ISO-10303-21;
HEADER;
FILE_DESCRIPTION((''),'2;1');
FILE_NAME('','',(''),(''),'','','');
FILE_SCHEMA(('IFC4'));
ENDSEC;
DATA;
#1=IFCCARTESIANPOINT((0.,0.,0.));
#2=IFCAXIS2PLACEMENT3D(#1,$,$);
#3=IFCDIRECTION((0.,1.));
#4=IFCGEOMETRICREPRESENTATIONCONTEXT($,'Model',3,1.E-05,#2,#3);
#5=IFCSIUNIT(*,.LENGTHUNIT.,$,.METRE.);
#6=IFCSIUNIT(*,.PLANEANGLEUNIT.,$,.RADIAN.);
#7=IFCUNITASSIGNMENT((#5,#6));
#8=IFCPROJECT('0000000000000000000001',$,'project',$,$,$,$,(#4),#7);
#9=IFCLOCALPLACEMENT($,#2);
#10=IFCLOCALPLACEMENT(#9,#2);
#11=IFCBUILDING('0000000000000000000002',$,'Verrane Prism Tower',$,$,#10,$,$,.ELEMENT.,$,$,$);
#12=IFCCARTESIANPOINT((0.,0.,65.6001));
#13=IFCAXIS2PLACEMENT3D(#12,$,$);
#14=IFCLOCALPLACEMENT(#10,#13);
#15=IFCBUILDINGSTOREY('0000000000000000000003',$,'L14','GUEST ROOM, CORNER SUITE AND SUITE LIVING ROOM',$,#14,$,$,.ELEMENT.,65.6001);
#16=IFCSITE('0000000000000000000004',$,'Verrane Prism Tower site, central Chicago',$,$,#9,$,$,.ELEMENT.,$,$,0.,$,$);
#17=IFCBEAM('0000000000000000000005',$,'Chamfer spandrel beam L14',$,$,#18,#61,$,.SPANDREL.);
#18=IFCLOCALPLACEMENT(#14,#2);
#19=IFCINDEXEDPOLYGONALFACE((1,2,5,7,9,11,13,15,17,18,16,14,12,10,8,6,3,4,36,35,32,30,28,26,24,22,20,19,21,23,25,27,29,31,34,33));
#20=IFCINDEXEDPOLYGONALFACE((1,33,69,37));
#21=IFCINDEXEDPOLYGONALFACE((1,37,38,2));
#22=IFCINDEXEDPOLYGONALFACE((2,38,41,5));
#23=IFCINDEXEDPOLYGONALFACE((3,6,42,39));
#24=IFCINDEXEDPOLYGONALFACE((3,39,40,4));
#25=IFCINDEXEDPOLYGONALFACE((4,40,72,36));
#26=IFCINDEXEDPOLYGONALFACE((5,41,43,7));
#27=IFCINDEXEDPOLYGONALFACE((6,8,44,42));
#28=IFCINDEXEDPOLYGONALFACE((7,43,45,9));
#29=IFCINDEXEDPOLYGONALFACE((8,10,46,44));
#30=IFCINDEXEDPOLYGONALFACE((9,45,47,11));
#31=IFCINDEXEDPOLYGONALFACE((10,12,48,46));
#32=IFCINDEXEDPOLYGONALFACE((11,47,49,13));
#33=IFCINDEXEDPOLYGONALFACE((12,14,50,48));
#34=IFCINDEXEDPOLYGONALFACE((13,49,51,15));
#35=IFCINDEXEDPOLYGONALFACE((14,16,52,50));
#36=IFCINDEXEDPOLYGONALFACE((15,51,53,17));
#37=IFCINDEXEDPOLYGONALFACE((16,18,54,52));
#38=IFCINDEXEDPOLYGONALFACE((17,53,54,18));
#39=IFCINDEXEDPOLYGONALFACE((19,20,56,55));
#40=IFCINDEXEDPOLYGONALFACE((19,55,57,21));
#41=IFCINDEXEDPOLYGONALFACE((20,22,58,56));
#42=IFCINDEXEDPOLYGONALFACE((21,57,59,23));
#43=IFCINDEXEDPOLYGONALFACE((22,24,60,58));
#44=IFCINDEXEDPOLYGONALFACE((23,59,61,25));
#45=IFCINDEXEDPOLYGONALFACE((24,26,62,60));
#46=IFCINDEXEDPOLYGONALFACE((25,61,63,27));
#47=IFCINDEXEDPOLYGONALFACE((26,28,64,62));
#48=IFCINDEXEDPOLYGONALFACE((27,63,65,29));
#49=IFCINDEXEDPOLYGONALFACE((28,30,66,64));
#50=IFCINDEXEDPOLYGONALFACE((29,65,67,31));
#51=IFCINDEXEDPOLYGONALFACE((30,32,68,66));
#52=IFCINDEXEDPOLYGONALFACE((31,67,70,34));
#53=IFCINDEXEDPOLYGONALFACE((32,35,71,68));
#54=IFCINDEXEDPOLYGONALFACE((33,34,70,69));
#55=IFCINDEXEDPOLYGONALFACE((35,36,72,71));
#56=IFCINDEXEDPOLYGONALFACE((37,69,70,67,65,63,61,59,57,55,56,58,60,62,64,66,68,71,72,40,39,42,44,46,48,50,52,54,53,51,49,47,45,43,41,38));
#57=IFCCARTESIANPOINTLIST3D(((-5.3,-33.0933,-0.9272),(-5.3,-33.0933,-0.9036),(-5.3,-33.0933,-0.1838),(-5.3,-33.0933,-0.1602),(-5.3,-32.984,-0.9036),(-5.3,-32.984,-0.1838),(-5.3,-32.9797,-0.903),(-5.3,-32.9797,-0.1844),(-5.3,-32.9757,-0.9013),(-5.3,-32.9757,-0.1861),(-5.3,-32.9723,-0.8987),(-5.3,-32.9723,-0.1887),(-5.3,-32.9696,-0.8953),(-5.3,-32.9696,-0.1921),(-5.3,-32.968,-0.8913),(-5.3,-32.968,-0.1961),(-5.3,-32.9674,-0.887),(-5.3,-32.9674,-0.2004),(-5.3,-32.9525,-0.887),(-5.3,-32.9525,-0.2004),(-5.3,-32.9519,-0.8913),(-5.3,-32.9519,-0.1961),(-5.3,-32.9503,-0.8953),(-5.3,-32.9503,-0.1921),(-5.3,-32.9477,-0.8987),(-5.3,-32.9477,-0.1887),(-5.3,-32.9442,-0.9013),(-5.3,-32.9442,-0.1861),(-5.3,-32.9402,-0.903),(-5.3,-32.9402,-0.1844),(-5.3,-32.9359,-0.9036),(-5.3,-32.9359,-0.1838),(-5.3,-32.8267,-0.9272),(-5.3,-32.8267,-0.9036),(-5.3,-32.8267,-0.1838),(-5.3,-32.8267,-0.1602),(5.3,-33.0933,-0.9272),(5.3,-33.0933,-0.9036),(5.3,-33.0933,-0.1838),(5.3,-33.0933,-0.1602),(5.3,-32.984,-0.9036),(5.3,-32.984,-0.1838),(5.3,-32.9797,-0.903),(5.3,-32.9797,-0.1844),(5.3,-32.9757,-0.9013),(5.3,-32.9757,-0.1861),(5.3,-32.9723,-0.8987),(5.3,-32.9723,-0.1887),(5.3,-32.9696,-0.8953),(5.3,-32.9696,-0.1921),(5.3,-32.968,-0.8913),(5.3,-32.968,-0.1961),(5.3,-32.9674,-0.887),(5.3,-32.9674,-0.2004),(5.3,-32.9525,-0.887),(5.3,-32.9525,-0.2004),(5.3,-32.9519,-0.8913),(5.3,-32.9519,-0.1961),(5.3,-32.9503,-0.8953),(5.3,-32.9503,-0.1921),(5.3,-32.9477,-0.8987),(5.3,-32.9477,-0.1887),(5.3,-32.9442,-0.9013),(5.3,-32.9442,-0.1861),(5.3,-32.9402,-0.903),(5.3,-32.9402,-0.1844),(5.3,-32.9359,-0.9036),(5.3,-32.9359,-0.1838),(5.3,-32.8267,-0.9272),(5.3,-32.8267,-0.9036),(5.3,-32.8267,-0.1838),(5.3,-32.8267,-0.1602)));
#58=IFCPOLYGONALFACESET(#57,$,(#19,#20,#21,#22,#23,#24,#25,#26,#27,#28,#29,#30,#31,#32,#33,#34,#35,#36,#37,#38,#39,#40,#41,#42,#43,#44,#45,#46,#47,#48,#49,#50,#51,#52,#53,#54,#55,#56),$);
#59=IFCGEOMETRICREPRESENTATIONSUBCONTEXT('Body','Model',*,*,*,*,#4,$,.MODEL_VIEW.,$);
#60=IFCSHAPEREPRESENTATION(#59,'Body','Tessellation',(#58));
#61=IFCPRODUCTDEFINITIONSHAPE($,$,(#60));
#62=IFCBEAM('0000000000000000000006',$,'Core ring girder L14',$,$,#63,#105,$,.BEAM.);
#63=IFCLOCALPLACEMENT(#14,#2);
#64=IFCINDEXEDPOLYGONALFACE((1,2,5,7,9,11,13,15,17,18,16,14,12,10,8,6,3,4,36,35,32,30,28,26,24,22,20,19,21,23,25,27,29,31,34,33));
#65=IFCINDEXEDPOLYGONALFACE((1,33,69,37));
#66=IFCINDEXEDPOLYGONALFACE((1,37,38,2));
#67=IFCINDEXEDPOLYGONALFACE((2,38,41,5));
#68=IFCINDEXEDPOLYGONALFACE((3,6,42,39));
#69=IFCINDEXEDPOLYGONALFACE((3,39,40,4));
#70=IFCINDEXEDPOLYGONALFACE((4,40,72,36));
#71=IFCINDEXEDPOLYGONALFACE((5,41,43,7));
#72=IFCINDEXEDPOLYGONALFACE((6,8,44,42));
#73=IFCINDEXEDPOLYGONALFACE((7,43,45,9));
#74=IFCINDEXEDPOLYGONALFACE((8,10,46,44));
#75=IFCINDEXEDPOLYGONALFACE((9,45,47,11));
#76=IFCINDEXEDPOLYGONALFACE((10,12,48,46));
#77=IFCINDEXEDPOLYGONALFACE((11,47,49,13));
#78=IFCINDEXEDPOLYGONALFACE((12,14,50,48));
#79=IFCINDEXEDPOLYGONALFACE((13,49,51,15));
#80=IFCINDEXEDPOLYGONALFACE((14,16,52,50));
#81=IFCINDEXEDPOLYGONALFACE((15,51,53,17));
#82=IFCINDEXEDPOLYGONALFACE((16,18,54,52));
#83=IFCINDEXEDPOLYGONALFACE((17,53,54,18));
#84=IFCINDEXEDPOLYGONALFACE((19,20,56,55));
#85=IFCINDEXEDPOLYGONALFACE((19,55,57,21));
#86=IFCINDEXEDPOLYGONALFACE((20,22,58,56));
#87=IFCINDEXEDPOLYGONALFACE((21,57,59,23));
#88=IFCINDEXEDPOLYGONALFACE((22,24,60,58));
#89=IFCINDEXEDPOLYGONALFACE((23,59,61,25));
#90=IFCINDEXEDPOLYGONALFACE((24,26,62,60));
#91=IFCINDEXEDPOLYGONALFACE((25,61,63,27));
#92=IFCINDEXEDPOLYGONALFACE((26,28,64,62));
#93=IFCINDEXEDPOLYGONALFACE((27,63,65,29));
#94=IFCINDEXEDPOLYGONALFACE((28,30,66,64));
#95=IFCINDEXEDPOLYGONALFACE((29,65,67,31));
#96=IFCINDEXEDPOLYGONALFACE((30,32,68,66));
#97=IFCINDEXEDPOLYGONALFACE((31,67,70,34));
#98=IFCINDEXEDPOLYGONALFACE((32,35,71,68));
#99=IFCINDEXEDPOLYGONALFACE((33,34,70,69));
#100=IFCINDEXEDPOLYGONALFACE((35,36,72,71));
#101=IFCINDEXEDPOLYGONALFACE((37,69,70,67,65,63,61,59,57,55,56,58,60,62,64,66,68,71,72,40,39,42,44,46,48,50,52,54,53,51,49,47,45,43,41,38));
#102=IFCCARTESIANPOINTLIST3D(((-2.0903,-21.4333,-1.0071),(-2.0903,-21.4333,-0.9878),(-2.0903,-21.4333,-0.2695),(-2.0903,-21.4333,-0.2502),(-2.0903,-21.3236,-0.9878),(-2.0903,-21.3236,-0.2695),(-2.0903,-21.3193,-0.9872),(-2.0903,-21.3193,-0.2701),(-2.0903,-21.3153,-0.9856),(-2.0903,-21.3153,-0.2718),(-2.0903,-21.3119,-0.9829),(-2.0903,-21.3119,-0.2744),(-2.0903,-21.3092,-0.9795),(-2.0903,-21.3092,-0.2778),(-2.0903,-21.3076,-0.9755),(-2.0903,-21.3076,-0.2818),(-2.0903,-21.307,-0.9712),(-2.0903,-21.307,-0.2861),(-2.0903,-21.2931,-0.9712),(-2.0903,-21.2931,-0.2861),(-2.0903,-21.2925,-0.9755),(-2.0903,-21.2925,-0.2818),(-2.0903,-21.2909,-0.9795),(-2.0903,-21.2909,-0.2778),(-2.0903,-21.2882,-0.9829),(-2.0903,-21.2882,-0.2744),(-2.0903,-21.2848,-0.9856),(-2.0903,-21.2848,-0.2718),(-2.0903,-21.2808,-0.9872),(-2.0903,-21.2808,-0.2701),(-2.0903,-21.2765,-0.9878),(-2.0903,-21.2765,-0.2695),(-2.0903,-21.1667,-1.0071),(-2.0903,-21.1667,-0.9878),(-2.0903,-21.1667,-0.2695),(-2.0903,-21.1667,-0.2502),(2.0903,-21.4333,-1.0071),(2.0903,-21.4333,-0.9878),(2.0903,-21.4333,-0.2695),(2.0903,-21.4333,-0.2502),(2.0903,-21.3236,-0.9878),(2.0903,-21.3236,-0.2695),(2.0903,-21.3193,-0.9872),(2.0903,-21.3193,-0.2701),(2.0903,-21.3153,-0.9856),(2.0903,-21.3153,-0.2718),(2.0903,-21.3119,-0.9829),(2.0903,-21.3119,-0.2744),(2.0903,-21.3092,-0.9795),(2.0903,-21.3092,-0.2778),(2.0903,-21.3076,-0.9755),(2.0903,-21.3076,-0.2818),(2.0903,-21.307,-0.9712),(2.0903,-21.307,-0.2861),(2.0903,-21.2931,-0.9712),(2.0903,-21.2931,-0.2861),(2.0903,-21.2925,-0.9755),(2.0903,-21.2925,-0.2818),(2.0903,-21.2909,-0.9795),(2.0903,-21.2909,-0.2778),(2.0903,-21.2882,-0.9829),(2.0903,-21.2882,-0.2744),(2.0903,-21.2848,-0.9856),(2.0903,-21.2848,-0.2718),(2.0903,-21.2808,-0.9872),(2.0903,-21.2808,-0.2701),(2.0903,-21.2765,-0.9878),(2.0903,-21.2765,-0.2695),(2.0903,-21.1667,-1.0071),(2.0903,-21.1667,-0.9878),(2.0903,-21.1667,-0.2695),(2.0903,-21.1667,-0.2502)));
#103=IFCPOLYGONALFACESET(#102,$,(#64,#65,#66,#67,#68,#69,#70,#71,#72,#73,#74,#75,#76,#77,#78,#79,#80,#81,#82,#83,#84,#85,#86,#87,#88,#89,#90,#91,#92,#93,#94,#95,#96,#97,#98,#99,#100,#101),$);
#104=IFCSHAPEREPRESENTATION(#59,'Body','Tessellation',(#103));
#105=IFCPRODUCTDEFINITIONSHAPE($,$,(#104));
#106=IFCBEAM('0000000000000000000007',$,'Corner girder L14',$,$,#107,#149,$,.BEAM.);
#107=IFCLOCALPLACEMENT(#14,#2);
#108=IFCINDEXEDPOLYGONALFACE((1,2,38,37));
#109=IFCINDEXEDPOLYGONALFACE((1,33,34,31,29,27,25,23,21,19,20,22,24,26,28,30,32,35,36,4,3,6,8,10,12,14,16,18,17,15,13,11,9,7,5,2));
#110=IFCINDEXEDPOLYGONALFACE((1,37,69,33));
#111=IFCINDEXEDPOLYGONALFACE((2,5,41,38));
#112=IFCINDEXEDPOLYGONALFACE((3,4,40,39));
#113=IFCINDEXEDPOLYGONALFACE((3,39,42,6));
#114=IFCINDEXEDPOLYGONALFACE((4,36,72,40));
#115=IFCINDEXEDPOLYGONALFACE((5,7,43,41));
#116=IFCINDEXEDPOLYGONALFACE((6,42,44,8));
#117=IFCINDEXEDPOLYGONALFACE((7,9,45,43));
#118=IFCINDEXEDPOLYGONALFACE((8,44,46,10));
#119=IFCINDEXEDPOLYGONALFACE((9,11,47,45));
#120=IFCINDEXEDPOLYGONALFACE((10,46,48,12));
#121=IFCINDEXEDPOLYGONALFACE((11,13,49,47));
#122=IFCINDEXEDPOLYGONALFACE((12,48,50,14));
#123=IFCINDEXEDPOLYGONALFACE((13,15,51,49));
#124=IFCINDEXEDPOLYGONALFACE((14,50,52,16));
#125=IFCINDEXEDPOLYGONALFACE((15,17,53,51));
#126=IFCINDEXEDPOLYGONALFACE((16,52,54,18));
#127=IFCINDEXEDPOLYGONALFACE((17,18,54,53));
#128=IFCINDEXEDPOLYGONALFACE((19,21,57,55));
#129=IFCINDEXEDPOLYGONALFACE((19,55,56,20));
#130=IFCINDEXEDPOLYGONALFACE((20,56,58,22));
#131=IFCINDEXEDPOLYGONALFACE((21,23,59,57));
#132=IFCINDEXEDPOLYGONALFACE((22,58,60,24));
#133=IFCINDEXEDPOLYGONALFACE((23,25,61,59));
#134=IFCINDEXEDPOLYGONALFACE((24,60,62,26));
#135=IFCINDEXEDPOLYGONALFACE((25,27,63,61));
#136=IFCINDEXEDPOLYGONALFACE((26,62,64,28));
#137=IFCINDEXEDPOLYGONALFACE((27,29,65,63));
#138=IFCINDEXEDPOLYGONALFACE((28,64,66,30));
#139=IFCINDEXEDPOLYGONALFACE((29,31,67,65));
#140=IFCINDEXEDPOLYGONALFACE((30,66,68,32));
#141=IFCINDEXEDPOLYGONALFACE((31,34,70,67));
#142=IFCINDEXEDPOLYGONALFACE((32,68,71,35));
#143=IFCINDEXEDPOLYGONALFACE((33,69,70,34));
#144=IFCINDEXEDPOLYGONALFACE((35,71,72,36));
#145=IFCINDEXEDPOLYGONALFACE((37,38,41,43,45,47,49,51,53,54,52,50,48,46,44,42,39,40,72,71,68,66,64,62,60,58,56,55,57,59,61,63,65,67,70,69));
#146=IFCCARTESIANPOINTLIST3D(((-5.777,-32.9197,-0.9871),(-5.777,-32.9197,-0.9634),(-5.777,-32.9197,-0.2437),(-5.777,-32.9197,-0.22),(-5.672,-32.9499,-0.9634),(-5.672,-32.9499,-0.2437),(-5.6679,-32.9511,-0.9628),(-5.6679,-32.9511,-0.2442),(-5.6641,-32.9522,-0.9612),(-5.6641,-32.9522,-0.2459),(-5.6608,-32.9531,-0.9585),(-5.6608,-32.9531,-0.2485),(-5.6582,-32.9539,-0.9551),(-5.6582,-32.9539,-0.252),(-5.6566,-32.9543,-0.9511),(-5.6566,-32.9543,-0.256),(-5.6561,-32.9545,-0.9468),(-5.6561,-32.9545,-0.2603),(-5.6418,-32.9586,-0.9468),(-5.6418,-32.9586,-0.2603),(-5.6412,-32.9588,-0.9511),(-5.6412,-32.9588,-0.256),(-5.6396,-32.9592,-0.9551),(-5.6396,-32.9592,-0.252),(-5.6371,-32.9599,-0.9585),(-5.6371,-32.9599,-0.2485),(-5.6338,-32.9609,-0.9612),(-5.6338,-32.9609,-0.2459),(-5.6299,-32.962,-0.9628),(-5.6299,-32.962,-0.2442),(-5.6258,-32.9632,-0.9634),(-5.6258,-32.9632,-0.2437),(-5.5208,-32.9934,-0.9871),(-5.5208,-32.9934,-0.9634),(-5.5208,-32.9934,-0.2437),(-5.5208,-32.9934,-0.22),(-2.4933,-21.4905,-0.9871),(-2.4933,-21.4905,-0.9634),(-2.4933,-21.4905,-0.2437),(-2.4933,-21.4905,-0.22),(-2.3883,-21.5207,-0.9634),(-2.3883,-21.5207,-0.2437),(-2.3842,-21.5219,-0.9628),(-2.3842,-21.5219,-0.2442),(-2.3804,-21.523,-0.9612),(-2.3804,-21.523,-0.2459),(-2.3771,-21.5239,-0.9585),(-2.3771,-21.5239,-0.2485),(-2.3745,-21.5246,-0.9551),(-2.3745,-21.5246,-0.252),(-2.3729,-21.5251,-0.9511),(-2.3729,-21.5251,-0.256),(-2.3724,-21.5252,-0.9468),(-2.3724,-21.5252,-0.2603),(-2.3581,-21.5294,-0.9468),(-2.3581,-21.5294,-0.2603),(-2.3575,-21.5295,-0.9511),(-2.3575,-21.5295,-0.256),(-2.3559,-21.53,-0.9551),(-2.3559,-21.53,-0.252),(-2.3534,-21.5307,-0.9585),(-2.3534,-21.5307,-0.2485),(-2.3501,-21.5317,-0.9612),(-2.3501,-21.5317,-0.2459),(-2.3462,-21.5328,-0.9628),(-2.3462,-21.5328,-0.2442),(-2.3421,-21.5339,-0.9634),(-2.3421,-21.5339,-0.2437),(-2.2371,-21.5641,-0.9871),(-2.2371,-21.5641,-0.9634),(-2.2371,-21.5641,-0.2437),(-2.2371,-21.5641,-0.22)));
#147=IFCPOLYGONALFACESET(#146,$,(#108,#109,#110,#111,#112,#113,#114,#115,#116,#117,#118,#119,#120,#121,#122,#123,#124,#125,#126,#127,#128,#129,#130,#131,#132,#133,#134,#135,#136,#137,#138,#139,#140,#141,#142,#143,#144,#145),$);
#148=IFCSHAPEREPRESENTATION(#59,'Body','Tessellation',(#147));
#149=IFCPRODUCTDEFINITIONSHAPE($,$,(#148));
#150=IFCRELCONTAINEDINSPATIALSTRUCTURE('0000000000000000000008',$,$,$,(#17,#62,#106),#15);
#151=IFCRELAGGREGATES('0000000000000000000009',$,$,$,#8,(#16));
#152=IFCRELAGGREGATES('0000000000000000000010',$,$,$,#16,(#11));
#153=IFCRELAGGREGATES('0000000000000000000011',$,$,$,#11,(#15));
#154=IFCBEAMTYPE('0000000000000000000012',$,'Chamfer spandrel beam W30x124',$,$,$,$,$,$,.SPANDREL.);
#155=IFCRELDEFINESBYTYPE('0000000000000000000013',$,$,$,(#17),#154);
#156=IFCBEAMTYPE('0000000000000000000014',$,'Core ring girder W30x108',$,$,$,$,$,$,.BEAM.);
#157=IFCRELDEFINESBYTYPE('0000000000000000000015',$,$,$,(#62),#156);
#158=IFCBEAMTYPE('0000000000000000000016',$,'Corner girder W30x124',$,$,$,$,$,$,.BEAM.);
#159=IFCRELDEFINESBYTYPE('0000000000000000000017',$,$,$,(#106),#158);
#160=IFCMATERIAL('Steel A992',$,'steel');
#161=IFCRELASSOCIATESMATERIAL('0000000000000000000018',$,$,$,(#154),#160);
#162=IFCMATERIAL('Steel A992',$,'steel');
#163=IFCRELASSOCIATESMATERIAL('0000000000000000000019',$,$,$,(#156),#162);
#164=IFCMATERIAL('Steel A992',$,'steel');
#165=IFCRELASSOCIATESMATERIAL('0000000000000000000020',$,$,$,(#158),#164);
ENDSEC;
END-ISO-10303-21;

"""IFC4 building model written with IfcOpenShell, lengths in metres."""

from ifc_helpers import new_model, si_unit, direction, frame, origin, origin_2d, place, context, subcontext, project, spatial, i_section, extrude, material, material_profile, profile_set, type_object, element, save


model = new_model("IFC4")

# Units and contexts
model_context = context("Model", 3, precision=1e-05, world=origin(), true_north=direction((0.0, 1.0)))
body_context = subcontext(model_context, "Body", "Model", "MODEL_VIEW")
ifc_project = project(units=[si_unit("LENGTHUNIT", "METRE"), si_unit("PLANEANGLEUNIT", "RADIAN")], contexts=[model_context])

# Site, building, storey
site_placement = place(None, origin())
site = spatial("IfcSite", under=ifc_project, at=site_placement, Name="Verrane Prism Tower site, central Chicago", CompositionType="ELEMENT", RefElevation=0.0)
building_placement = place(site_placement, origin())
building = spatial("IfcBuilding", under=site, at=building_placement, Name="Verrane Prism Tower", CompositionType="ELEMENT")
storey_placement = place(building_placement, frame((0.0, 0.0, 65.6001)))
storey = spatial("IfcBuildingStorey", under=building, at=storey_placement, Name="L14", Description="GUEST ROOM, CORNER SUITE AND SUITE LIVING ROOM", CompositionType="ELEMENT", Elevation=65.6001)

# Beams
ifc_material_1 = material(Name="Steel A992", Category="steel")
ifc_material_profile_1 = material_profile(ifc_material_1, i_section(OverallWidth=0.2666, OverallDepth=0.7671, WebThickness=0.0149, FlangeThickness=0.0237, FilletRadius=0.0166, at=origin_2d()), Name="W30x124")
ifc_profile_set_1 = profile_set([ifc_material_profile_1], Name="Steel A992")
beam_type_1 = type_object("IfcBeamType", Name="Chamfer spandrel beam W30x124", PredefinedType="SPANDREL", material=ifc_profile_set_1)
beam_1_placement = place(storey_placement, frame((-5.3, -32.96, -0.5437), z_axis=(1.0, 0.0, 0.0), x_axis=(0.0, 1.0, 0.0)))
element("IfcBeam", 1, at=beam_1_placement, inside=storey, type_object=beam_type_1, Name="Chamfer spandrel beam L14", PredefinedType="SPANDREL", context=body_context, shape_type="SweptSolid", body=[
    extrude(i_section(OverallWidth=0.2666, OverallDepth=0.7671, WebThickness=0.0149, FlangeThickness=0.0237, FilletRadius=0.0166, at=origin_2d()), origin(), (0.0, 0.0, 1.0), 10.6001),
])
ifc_material_2 = material(Name="Steel A992", Category="steel")
ifc_material_profile_2 = material_profile(ifc_material_2, i_section(OverallWidth=0.2666, OverallDepth=0.7568, WebThickness=0.0139, FlangeThickness=0.0193, FilletRadius=0.0166, at=origin_2d()), Name="W30x108")
ifc_profile_set_2 = profile_set([ifc_material_profile_2], Name="Steel A992")
beam_type_2 = type_object("IfcBeamType", Name="Core ring girder W30x108", PredefinedType="BEAM", material=ifc_profile_set_2)
beam_2_placement = place(storey_placement, frame((-2.0903, -21.3, -0.6287), z_axis=(1.0, 0.0, 0.0), x_axis=(0.0, 1.0, 0.0)))
element("IfcBeam", 2, at=beam_2_placement, inside=storey, type_object=beam_type_2, Name="Core ring girder L14", PredefinedType="BEAM", context=body_context, shape_type="SweptSolid", body=[
    extrude(i_section(OverallWidth=0.2666, OverallDepth=0.7568, WebThickness=0.0139, FlangeThickness=0.0193, FilletRadius=0.0166, at=origin_2d()), origin(), (0.0, 0.0, 1.0), 4.1807),
])
ifc_material_3 = material(Name="Steel A992", Category="steel")
ifc_material_profile_3 = material_profile(ifc_material_3, i_section(OverallWidth=0.2666, OverallDepth=0.7671, WebThickness=0.0149, FlangeThickness=0.0237, FilletRadius=0.0166, at=origin_2d()), Name="W30x124")
ifc_profile_set_3 = profile_set([ifc_material_profile_3], Name="Steel A992")
beam_type_3 = type_object("IfcBeamType", Name="Corner girder W30x124", PredefinedType="BEAM", material=ifc_profile_set_3)
beam_3_placement = place(storey_placement, frame((-5.6489, -32.9565, -0.6035), z_axis=(0.276136, 0.961118, 0.0), x_axis=(-0.961118, 0.276136, 0.0)))
element("IfcBeam", 3, at=beam_3_placement, inside=storey, type_object=beam_type_3, Name="Corner girder L14", PredefinedType="BEAM", context=body_context, shape_type="SweptSolid", body=[
    extrude(i_section(OverallWidth=0.2666, OverallDepth=0.7671, WebThickness=0.0149, FlangeThickness=0.0237, FilletRadius=0.0166, at=origin_2d()), origin(), (0.0, 0.0, 1.0), 11.8916),
])

save(model, "model.ifc")
